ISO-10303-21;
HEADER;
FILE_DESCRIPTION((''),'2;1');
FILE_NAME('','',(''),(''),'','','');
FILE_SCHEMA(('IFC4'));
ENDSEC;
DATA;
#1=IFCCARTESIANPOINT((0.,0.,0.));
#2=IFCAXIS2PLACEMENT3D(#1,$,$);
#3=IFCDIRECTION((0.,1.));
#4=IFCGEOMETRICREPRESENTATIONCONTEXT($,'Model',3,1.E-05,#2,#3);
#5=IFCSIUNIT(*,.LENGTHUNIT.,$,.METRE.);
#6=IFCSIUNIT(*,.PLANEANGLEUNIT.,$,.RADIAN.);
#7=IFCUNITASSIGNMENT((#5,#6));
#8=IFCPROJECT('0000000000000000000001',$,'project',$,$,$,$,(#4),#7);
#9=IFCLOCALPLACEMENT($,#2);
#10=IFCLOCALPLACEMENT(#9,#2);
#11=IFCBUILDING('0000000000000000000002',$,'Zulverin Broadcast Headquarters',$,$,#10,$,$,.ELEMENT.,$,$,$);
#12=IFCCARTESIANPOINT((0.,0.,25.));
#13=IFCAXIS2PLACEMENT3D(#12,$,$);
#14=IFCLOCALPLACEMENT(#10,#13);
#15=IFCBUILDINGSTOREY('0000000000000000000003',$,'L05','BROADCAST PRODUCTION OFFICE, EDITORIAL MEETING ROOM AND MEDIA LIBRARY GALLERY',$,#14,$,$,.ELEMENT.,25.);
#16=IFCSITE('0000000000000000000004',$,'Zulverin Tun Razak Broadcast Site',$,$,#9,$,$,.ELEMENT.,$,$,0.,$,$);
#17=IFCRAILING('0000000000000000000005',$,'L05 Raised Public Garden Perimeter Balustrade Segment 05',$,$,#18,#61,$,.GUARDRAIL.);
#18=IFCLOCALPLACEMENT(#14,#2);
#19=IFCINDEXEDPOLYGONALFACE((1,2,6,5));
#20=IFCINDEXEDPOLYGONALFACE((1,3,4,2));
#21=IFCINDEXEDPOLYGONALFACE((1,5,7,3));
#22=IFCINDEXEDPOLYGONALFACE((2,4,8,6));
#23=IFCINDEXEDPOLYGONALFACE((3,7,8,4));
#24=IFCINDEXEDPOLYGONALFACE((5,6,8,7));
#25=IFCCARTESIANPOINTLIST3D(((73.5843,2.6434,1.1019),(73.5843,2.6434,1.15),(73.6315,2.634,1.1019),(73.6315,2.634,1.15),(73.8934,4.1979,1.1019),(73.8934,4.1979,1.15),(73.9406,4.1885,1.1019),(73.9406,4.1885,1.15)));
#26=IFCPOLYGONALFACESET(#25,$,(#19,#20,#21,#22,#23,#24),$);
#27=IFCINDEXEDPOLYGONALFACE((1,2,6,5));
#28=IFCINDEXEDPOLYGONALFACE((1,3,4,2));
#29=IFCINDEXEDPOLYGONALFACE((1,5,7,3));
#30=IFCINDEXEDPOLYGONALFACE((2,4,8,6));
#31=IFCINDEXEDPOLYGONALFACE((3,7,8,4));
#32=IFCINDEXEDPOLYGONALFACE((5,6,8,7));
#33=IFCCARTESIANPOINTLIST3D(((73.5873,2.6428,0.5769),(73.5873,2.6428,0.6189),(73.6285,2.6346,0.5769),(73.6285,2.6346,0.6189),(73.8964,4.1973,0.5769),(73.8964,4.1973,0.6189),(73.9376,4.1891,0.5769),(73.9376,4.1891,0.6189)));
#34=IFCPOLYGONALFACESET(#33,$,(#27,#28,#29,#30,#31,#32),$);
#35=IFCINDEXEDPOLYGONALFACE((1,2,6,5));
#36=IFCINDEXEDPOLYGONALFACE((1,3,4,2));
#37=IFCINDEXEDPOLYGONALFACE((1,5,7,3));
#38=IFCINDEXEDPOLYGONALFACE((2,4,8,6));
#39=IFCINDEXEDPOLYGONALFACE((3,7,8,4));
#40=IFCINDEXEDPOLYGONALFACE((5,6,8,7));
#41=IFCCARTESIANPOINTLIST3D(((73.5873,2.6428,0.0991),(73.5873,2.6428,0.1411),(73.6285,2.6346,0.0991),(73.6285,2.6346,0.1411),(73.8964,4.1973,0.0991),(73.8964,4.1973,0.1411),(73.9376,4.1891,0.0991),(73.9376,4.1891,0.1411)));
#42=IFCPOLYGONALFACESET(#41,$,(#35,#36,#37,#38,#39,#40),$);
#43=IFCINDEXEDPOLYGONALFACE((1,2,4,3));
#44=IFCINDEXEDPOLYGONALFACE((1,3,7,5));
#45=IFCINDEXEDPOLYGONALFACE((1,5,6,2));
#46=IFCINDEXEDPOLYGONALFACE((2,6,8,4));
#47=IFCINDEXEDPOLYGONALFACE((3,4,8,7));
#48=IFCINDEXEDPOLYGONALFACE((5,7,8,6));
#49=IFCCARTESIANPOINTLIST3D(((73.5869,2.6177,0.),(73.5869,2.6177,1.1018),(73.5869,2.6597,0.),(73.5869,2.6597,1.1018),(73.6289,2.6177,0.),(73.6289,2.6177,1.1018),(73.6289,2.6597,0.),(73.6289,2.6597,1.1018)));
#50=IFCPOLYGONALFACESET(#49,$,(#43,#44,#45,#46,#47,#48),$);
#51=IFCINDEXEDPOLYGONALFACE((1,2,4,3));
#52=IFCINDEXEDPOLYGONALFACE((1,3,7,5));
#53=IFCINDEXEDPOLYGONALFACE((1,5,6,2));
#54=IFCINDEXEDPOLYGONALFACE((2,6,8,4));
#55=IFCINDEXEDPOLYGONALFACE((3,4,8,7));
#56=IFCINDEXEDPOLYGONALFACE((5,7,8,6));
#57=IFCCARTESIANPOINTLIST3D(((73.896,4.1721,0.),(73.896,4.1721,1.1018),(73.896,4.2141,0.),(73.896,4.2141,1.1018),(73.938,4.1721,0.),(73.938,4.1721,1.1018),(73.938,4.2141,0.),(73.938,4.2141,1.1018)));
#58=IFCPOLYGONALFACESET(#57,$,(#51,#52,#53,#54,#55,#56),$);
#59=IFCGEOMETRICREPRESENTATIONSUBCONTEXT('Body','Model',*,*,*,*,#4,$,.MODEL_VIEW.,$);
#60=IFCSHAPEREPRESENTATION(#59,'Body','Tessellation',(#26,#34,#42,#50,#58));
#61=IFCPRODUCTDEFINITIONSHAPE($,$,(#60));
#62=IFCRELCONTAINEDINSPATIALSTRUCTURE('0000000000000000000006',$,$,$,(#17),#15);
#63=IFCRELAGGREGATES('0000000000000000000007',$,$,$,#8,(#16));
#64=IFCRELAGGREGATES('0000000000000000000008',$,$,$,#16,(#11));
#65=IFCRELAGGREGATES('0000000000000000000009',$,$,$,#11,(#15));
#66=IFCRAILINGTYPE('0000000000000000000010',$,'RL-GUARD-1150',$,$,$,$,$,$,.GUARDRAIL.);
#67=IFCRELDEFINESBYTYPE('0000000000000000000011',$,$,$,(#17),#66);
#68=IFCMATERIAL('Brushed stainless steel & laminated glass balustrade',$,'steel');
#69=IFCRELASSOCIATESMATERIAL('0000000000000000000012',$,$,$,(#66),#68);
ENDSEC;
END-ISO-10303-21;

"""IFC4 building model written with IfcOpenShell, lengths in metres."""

from ifc_helpers import new_model, si_unit, direction, frame, origin, origin_2d, place, context, subcontext, project, spatial, rectangle, extrude, material, type_object, element, save


model = new_model("IFC4")

# Units and contexts
model_context = context("Model", 3, precision=1e-05, world=origin(), true_north=direction((0.0, 1.0)))
body_context = subcontext(model_context, "Body", "Model", "MODEL_VIEW")
ifc_project = project(units=[si_unit("LENGTHUNIT", "METRE"), si_unit("PLANEANGLEUNIT", "RADIAN")], contexts=[model_context])

# Site, building, storey
site_placement = place(None, origin())
site = spatial("IfcSite", under=ifc_project, at=site_placement, Name="Zulverin Tun Razak Broadcast Site", CompositionType="ELEMENT", RefElevation=0.0)
building_placement = place(site_placement, origin())
building = spatial("IfcBuilding", under=site, at=building_placement, Name="Zulverin Broadcast Headquarters", CompositionType="ELEMENT")
storey_placement = place(building_placement, frame((0.0, 0.0, 25.0)))
storey = spatial("IfcBuildingStorey", under=building, at=storey_placement, Name="L05", Description="BROADCAST PRODUCTION OFFICE, EDITORIAL MEETING ROOM AND MEDIA LIBRARY GALLERY", CompositionType="ELEMENT", Elevation=25.0)

# Railing
ifc_material_1 = material(Name="Brushed stainless steel & laminated glass balustrade", Category="steel")
railing_type = type_object("IfcRailingType", Name="RL-GUARD-1150", PredefinedType="GUARDRAIL", material=ifc_material_1)
railing_1_placement = place(storey_placement, frame((73.6079, 2.6387, 0.0)))
element("IfcRailing", 1, at=railing_1_placement, inside=storey, type_object=railing_type, Name="L05 Raised Public Garden Perimeter Balustrade Segment 05", PredefinedType="GUARDRAIL", context=body_context, shape_type="SweptSolid", body=[
    extrude(rectangle(XDim=0.0481, YDim=0.0481, at=origin_2d()), frame((0.0, 0.0, 1.126), z_axis=(0.19502, 0.980799, 0.0), x_axis=(-0.980799, 0.19502, 0.0)), (0.0, 0.0, 1.0), 1.585),
    extrude(rectangle(XDim=0.042, YDim=0.042, at=origin_2d()), frame((0.0, 0.0, 0.5979), z_axis=(0.19502, 0.980799, 0.0), x_axis=(-0.980799, 0.19502, 0.0)), (0.0, 0.0, 1.0), 1.585),
    extrude(rectangle(XDim=0.042, YDim=0.042, at=origin_2d()), frame((0.0, 0.0, 0.1201), z_axis=(0.19502, 0.980799, 0.0), x_axis=(-0.980799, 0.19502, 0.0)), (0.0, 0.0, 1.0), 1.585),
    extrude(rectangle(XDim=0.042, YDim=0.042, at=origin_2d()), origin(), (0.0, 0.0, 1.0), 1.1018),
    extrude(rectangle(XDim=0.042, YDim=0.042, at=origin_2d()), frame((0.3091, 1.5544, 0.0)), (0.0, 0.0, 1.0), 1.1018),
])

save(model, "model.ifc")
